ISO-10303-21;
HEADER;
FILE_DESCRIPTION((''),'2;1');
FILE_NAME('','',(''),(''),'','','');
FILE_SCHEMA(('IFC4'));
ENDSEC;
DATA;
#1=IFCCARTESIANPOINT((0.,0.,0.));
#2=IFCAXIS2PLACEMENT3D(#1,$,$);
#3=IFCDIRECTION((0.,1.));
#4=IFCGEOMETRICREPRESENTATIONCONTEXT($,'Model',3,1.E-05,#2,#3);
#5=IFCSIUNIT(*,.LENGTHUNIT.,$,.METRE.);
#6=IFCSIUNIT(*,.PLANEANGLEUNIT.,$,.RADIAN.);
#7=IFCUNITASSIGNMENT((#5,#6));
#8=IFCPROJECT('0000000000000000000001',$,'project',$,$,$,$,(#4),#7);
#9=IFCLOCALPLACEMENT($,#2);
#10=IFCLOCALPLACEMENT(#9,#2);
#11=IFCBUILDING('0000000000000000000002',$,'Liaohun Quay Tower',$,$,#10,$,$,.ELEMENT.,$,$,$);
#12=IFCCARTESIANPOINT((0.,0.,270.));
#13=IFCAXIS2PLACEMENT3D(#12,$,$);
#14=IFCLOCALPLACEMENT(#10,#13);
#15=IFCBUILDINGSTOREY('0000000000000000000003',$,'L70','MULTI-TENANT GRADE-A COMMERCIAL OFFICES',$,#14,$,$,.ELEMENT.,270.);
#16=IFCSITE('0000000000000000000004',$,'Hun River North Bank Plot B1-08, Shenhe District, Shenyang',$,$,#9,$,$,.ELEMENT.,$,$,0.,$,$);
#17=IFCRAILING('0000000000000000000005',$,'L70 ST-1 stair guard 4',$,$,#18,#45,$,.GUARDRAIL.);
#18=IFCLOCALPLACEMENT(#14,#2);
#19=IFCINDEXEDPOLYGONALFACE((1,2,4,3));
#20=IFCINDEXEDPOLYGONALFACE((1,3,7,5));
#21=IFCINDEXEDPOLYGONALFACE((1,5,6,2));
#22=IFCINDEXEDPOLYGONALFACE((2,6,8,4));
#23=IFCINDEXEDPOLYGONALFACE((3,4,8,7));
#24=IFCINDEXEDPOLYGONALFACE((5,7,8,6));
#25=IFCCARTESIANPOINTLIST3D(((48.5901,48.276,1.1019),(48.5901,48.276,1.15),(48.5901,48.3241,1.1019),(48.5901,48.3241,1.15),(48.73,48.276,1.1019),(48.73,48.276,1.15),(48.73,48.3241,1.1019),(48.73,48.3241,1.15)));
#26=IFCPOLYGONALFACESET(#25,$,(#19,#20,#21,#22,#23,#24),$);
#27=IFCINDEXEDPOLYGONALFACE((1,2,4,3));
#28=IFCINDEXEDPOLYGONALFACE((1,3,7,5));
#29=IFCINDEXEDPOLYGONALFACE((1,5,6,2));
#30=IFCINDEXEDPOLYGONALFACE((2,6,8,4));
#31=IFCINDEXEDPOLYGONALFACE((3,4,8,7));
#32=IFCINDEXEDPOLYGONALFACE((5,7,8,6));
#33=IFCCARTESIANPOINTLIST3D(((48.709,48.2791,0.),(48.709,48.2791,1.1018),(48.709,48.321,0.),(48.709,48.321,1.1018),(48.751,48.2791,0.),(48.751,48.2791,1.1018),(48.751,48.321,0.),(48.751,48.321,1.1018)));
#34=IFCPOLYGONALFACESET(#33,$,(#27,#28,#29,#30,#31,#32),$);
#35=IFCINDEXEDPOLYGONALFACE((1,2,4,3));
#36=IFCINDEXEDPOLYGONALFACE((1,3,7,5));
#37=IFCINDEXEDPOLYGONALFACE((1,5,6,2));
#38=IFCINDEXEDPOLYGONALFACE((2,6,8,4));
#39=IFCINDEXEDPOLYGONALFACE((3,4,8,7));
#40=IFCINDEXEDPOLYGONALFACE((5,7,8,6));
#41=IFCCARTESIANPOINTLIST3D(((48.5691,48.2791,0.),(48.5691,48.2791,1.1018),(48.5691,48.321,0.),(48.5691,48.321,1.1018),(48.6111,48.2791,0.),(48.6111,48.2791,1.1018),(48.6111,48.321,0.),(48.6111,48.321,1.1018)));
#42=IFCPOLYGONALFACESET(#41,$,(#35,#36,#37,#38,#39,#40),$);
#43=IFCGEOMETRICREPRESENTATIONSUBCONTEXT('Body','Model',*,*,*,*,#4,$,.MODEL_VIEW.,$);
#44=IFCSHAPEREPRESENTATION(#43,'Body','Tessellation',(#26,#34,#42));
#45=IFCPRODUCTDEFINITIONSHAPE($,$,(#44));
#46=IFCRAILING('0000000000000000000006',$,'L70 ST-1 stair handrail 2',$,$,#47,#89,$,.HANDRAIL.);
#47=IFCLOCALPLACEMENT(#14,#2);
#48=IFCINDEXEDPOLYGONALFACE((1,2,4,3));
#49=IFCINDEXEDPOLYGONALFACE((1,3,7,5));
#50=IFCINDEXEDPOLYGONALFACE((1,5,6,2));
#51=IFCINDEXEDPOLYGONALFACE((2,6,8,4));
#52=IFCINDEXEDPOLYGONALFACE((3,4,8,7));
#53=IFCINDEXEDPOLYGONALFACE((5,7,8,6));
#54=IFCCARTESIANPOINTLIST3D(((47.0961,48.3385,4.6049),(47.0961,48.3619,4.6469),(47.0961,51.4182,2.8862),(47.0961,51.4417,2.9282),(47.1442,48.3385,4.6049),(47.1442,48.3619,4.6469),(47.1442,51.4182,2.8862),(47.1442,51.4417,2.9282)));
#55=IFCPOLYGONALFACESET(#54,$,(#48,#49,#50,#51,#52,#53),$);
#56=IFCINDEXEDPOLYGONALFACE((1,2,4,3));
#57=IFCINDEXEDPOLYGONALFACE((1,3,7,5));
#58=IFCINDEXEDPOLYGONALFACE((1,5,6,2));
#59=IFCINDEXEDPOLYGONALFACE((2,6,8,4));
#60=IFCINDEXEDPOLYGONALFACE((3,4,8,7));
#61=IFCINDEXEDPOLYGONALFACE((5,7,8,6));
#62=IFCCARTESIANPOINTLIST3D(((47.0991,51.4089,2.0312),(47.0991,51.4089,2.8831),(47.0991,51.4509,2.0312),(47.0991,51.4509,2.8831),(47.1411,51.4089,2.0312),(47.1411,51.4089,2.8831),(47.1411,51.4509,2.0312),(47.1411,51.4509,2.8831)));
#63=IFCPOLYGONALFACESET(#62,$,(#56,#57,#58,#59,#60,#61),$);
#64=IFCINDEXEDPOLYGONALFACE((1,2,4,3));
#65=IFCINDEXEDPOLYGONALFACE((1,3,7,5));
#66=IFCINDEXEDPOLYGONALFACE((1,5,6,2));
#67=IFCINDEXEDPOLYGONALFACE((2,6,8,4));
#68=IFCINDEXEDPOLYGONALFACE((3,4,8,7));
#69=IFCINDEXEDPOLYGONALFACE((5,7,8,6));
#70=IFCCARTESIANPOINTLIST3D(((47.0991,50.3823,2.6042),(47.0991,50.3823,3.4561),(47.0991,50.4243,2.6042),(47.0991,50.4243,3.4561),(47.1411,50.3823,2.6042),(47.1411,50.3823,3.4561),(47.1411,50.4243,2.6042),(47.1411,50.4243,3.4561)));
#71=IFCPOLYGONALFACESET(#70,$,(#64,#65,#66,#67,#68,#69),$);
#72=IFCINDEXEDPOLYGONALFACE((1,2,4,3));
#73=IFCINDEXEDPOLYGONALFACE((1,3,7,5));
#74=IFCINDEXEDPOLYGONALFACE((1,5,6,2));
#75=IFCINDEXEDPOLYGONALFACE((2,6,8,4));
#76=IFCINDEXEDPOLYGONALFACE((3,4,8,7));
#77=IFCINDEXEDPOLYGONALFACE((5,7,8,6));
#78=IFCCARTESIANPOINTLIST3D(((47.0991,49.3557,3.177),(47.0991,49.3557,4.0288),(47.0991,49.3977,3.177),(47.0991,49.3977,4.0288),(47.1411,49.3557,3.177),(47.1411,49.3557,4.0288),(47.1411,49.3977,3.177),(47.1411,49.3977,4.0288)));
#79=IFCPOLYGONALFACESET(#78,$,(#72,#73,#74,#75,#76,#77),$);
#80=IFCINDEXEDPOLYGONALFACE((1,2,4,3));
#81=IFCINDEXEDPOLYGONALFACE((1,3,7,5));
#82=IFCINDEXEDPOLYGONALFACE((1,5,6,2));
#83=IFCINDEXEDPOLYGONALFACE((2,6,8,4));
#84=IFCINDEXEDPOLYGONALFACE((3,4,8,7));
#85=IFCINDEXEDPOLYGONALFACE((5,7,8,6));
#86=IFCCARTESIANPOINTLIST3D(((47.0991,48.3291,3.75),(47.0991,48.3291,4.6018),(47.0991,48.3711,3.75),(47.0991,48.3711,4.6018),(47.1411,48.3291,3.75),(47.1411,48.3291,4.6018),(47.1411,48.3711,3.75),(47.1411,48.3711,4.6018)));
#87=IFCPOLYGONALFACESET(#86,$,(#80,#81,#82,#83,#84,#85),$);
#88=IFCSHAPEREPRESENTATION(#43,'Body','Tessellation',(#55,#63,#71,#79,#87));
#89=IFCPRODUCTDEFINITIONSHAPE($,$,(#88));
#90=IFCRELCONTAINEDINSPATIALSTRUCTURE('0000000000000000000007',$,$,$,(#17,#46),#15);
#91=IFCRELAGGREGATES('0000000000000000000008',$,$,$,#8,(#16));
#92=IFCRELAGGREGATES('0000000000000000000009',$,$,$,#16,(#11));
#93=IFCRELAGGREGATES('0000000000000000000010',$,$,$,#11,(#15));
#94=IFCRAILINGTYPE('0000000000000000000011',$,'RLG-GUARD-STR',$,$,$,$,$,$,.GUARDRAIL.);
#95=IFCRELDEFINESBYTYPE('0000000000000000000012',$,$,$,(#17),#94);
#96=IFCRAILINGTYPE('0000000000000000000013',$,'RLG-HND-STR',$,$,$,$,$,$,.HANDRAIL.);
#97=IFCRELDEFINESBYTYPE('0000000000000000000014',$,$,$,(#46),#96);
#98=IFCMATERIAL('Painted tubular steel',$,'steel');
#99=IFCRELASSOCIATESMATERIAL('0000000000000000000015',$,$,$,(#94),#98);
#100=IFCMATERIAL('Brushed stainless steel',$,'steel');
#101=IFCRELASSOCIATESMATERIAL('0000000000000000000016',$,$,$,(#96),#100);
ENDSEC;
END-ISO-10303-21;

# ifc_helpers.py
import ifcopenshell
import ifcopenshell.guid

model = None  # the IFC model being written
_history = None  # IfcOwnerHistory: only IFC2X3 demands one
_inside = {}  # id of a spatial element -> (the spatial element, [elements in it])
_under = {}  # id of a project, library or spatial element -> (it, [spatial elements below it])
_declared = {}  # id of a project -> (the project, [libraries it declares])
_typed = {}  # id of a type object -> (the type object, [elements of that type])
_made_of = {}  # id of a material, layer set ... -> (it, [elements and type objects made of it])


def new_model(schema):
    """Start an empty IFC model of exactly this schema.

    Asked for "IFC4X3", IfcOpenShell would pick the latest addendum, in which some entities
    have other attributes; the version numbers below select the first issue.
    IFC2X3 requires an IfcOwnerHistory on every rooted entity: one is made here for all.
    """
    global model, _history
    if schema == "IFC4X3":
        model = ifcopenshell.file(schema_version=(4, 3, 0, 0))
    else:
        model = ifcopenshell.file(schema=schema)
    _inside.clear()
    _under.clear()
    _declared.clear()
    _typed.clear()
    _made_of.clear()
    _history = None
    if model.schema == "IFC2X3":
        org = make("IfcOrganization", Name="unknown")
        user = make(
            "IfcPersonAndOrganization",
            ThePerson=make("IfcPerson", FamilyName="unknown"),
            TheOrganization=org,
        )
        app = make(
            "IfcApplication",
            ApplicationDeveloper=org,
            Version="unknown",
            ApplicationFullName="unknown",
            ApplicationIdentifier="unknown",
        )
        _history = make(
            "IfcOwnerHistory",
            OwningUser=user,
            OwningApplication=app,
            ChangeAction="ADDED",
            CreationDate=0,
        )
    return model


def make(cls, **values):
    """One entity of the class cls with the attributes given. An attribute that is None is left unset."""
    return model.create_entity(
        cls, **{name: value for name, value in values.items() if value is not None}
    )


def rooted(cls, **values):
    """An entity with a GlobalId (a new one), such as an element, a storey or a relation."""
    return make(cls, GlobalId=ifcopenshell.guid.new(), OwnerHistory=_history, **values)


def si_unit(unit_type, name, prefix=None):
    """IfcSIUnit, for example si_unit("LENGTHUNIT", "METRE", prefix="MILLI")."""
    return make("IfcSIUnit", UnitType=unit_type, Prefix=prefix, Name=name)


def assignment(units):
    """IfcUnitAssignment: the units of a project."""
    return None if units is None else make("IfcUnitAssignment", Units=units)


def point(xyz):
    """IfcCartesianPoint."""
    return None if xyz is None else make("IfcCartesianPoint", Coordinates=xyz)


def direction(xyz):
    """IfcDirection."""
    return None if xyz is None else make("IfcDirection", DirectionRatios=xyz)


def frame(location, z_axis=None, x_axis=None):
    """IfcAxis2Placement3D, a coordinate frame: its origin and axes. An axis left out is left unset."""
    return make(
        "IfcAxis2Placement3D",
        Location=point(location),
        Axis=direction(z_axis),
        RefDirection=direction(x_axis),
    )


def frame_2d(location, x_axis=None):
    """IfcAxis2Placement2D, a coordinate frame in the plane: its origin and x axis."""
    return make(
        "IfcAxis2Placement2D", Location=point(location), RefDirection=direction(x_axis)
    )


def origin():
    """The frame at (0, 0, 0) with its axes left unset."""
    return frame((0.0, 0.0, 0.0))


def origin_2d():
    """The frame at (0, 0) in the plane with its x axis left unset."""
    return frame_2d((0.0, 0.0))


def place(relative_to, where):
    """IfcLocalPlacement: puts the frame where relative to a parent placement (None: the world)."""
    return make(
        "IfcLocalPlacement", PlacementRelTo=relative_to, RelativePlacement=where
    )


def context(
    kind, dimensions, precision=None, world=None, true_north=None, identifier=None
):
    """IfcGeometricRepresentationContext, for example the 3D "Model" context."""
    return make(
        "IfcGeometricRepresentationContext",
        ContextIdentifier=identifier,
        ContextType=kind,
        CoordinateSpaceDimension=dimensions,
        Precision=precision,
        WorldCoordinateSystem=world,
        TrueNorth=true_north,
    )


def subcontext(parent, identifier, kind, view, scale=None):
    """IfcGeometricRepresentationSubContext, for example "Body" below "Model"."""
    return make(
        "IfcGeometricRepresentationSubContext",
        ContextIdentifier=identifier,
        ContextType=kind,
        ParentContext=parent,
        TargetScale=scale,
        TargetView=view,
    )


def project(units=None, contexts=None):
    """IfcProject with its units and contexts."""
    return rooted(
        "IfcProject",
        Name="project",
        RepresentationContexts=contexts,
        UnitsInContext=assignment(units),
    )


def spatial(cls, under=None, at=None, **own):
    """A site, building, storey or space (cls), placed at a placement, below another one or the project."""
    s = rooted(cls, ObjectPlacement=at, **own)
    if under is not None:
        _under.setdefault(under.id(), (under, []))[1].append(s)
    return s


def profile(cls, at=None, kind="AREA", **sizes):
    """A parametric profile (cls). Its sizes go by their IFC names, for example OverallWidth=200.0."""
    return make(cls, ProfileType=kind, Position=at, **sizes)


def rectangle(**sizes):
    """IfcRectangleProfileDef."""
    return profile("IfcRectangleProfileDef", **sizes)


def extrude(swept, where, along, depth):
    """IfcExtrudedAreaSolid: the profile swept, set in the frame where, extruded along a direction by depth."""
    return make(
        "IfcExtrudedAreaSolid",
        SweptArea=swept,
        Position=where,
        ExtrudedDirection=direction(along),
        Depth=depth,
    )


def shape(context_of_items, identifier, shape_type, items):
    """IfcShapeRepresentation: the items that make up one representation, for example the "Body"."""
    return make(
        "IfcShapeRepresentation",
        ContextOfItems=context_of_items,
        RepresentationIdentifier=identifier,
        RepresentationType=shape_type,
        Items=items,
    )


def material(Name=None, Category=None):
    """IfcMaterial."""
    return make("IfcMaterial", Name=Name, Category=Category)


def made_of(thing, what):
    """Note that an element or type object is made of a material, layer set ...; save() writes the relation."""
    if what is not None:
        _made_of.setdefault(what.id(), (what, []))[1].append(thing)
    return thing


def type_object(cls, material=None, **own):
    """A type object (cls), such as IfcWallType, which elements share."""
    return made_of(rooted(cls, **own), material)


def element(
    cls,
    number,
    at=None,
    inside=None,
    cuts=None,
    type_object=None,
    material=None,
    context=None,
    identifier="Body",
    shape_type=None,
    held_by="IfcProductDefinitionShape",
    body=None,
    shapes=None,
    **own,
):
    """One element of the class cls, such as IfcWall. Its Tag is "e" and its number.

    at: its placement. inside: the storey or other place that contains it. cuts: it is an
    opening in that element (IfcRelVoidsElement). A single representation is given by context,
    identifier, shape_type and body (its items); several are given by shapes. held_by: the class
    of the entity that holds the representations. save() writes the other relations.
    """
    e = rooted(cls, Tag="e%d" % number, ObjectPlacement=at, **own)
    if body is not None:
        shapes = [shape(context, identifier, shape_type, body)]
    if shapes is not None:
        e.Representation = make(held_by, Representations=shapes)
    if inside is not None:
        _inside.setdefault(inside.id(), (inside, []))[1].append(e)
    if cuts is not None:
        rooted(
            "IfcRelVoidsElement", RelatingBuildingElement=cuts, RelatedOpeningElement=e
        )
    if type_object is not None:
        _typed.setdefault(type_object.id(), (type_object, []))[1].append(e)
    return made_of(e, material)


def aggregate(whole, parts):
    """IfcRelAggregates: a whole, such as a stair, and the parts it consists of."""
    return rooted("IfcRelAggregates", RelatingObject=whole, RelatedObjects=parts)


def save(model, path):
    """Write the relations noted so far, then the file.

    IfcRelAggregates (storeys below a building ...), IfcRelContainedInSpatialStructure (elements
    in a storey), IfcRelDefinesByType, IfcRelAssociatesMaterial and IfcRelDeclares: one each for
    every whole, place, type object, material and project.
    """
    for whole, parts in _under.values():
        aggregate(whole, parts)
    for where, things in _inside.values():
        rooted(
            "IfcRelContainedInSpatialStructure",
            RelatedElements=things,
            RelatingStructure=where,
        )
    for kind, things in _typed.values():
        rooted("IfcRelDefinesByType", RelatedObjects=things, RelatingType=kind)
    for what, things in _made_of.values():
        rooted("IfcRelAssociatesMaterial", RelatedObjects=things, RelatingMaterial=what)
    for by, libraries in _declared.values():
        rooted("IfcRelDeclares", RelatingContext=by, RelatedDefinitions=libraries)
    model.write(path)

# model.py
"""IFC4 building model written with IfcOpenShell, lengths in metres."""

from ifc_helpers import new_model, si_unit, direction, frame, origin, origin_2d, place, context, subcontext, project, spatial, rectangle, extrude, material, type_object, element, save


model = new_model("IFC4")

# Units and contexts
model_context = context("Model", 3, precision=1e-05, world=origin(), true_north=direction((0.0, 1.0)))
body_context = subcontext(model_context, "Body", "Model", "MODEL_VIEW")
ifc_project = project(units=[si_unit("LENGTHUNIT", "METRE"), si_unit("PLANEANGLEUNIT", "RADIAN")], contexts=[model_context])

# Site, building, storey
site_placement = place(None, origin())
site = spatial("IfcSite", under=ifc_project, at=site_placement, Name="Hun River North Bank Plot B1-08, Shenhe District, Shenyang", CompositionType="ELEMENT", RefElevation=0.0)
building_placement = place(site_placement, origin())
building = spatial("IfcBuilding", under=site, at=building_placement, Name="Liaohun Quay Tower", CompositionType="ELEMENT")
storey_placement = place(building_placement, frame((0.0, 0.0, 270.0)))
storey = spatial("IfcBuildingStorey", under=building, at=storey_placement, Name="L70", Description="MULTI-TENANT GRADE-A COMMERCIAL OFFICES", CompositionType="ELEMENT", Elevation=270.0)

# Railings
ifc_material_1 = material(Name="Painted tubular steel", Category="steel")
railing_type_1 = type_object("IfcRailingType", Name="RLG-GUARD-STR", PredefinedType="GUARDRAIL", material=ifc_material_1)
railing_1_placement = place(storey_placement, frame((48.73, 48.3, 0.0)))
element("IfcRailing", 1, at=railing_1_placement, inside=storey, type_object=railing_type_1, Name="L70 ST-1 stair guard 4", PredefinedType="GUARDRAIL", context=body_context, shape_type="SweptSolid", body=[
    extrude(rectangle(XDim=0.0481, YDim=0.0481, at=origin_2d()), frame((0.0, 0.0, 1.126), z_axis=(-1.0, 0.0, 0.0), x_axis=(0.0, -1.0, 0.0)), (0.0, 0.0, 1.0), 0.1399),
    extrude(rectangle(XDim=0.042, YDim=0.042, at=origin_2d()), origin(), (0.0, 0.0, 1.0), 1.1018),
    extrude(rectangle(XDim=0.042, YDim=0.042, at=origin_2d()), frame((-0.1399, 0.0, 0.0)), (0.0, 0.0, 1.0), 1.1018),
])
ifc_material_2 = material(Name="Brushed stainless steel", Category="steel")
railing_type_2 = type_object("IfcRailingType", Name="RLG-HND-STR", PredefinedType="HANDRAIL", material=ifc_material_2)
railing_2_placement = place(storey_placement, frame((47.1201, 51.4299, 2.0312)))
element("IfcRailing", 2, at=railing_2_placement, inside=storey, type_object=railing_type_2, Name="L70 ST-1 stair handrail 2", PredefinedType="HANDRAIL", context=body_context, shape_type="SweptSolid", body=[
    extrude(rectangle(XDim=0.0481, YDim=0.0481, at=origin_2d()), frame((0.0, 0.0, 0.876), z_axis=(0.0, -0.873225, 0.487317), x_axis=(1.0, 0.0, 0.0)), (0.0, 0.0, 1.0), 3.5269),
    extrude(rectangle(XDim=0.042, YDim=0.042, at=origin_2d()), origin(), (0.0, 0.0, 1.0), 0.8518),
    extrude(rectangle(XDim=0.042, YDim=0.042, at=origin_2d()), frame((0.0, -1.0266, 0.573)), (0.0, 0.0, 1.0), 0.8518),
    extrude(rectangle(XDim=0.042, YDim=0.042, at=origin_2d()), frame((0.0, -2.0532, 1.1458)), (0.0, 0.0, 1.0), 0.8518),
    extrude(rectangle(XDim=0.042, YDim=0.042, at=origin_2d()), frame((0.0, -3.0798, 1.7188)), (0.0, 0.0, 1.0), 0.8518),
])

save(model, "model.ifc")
